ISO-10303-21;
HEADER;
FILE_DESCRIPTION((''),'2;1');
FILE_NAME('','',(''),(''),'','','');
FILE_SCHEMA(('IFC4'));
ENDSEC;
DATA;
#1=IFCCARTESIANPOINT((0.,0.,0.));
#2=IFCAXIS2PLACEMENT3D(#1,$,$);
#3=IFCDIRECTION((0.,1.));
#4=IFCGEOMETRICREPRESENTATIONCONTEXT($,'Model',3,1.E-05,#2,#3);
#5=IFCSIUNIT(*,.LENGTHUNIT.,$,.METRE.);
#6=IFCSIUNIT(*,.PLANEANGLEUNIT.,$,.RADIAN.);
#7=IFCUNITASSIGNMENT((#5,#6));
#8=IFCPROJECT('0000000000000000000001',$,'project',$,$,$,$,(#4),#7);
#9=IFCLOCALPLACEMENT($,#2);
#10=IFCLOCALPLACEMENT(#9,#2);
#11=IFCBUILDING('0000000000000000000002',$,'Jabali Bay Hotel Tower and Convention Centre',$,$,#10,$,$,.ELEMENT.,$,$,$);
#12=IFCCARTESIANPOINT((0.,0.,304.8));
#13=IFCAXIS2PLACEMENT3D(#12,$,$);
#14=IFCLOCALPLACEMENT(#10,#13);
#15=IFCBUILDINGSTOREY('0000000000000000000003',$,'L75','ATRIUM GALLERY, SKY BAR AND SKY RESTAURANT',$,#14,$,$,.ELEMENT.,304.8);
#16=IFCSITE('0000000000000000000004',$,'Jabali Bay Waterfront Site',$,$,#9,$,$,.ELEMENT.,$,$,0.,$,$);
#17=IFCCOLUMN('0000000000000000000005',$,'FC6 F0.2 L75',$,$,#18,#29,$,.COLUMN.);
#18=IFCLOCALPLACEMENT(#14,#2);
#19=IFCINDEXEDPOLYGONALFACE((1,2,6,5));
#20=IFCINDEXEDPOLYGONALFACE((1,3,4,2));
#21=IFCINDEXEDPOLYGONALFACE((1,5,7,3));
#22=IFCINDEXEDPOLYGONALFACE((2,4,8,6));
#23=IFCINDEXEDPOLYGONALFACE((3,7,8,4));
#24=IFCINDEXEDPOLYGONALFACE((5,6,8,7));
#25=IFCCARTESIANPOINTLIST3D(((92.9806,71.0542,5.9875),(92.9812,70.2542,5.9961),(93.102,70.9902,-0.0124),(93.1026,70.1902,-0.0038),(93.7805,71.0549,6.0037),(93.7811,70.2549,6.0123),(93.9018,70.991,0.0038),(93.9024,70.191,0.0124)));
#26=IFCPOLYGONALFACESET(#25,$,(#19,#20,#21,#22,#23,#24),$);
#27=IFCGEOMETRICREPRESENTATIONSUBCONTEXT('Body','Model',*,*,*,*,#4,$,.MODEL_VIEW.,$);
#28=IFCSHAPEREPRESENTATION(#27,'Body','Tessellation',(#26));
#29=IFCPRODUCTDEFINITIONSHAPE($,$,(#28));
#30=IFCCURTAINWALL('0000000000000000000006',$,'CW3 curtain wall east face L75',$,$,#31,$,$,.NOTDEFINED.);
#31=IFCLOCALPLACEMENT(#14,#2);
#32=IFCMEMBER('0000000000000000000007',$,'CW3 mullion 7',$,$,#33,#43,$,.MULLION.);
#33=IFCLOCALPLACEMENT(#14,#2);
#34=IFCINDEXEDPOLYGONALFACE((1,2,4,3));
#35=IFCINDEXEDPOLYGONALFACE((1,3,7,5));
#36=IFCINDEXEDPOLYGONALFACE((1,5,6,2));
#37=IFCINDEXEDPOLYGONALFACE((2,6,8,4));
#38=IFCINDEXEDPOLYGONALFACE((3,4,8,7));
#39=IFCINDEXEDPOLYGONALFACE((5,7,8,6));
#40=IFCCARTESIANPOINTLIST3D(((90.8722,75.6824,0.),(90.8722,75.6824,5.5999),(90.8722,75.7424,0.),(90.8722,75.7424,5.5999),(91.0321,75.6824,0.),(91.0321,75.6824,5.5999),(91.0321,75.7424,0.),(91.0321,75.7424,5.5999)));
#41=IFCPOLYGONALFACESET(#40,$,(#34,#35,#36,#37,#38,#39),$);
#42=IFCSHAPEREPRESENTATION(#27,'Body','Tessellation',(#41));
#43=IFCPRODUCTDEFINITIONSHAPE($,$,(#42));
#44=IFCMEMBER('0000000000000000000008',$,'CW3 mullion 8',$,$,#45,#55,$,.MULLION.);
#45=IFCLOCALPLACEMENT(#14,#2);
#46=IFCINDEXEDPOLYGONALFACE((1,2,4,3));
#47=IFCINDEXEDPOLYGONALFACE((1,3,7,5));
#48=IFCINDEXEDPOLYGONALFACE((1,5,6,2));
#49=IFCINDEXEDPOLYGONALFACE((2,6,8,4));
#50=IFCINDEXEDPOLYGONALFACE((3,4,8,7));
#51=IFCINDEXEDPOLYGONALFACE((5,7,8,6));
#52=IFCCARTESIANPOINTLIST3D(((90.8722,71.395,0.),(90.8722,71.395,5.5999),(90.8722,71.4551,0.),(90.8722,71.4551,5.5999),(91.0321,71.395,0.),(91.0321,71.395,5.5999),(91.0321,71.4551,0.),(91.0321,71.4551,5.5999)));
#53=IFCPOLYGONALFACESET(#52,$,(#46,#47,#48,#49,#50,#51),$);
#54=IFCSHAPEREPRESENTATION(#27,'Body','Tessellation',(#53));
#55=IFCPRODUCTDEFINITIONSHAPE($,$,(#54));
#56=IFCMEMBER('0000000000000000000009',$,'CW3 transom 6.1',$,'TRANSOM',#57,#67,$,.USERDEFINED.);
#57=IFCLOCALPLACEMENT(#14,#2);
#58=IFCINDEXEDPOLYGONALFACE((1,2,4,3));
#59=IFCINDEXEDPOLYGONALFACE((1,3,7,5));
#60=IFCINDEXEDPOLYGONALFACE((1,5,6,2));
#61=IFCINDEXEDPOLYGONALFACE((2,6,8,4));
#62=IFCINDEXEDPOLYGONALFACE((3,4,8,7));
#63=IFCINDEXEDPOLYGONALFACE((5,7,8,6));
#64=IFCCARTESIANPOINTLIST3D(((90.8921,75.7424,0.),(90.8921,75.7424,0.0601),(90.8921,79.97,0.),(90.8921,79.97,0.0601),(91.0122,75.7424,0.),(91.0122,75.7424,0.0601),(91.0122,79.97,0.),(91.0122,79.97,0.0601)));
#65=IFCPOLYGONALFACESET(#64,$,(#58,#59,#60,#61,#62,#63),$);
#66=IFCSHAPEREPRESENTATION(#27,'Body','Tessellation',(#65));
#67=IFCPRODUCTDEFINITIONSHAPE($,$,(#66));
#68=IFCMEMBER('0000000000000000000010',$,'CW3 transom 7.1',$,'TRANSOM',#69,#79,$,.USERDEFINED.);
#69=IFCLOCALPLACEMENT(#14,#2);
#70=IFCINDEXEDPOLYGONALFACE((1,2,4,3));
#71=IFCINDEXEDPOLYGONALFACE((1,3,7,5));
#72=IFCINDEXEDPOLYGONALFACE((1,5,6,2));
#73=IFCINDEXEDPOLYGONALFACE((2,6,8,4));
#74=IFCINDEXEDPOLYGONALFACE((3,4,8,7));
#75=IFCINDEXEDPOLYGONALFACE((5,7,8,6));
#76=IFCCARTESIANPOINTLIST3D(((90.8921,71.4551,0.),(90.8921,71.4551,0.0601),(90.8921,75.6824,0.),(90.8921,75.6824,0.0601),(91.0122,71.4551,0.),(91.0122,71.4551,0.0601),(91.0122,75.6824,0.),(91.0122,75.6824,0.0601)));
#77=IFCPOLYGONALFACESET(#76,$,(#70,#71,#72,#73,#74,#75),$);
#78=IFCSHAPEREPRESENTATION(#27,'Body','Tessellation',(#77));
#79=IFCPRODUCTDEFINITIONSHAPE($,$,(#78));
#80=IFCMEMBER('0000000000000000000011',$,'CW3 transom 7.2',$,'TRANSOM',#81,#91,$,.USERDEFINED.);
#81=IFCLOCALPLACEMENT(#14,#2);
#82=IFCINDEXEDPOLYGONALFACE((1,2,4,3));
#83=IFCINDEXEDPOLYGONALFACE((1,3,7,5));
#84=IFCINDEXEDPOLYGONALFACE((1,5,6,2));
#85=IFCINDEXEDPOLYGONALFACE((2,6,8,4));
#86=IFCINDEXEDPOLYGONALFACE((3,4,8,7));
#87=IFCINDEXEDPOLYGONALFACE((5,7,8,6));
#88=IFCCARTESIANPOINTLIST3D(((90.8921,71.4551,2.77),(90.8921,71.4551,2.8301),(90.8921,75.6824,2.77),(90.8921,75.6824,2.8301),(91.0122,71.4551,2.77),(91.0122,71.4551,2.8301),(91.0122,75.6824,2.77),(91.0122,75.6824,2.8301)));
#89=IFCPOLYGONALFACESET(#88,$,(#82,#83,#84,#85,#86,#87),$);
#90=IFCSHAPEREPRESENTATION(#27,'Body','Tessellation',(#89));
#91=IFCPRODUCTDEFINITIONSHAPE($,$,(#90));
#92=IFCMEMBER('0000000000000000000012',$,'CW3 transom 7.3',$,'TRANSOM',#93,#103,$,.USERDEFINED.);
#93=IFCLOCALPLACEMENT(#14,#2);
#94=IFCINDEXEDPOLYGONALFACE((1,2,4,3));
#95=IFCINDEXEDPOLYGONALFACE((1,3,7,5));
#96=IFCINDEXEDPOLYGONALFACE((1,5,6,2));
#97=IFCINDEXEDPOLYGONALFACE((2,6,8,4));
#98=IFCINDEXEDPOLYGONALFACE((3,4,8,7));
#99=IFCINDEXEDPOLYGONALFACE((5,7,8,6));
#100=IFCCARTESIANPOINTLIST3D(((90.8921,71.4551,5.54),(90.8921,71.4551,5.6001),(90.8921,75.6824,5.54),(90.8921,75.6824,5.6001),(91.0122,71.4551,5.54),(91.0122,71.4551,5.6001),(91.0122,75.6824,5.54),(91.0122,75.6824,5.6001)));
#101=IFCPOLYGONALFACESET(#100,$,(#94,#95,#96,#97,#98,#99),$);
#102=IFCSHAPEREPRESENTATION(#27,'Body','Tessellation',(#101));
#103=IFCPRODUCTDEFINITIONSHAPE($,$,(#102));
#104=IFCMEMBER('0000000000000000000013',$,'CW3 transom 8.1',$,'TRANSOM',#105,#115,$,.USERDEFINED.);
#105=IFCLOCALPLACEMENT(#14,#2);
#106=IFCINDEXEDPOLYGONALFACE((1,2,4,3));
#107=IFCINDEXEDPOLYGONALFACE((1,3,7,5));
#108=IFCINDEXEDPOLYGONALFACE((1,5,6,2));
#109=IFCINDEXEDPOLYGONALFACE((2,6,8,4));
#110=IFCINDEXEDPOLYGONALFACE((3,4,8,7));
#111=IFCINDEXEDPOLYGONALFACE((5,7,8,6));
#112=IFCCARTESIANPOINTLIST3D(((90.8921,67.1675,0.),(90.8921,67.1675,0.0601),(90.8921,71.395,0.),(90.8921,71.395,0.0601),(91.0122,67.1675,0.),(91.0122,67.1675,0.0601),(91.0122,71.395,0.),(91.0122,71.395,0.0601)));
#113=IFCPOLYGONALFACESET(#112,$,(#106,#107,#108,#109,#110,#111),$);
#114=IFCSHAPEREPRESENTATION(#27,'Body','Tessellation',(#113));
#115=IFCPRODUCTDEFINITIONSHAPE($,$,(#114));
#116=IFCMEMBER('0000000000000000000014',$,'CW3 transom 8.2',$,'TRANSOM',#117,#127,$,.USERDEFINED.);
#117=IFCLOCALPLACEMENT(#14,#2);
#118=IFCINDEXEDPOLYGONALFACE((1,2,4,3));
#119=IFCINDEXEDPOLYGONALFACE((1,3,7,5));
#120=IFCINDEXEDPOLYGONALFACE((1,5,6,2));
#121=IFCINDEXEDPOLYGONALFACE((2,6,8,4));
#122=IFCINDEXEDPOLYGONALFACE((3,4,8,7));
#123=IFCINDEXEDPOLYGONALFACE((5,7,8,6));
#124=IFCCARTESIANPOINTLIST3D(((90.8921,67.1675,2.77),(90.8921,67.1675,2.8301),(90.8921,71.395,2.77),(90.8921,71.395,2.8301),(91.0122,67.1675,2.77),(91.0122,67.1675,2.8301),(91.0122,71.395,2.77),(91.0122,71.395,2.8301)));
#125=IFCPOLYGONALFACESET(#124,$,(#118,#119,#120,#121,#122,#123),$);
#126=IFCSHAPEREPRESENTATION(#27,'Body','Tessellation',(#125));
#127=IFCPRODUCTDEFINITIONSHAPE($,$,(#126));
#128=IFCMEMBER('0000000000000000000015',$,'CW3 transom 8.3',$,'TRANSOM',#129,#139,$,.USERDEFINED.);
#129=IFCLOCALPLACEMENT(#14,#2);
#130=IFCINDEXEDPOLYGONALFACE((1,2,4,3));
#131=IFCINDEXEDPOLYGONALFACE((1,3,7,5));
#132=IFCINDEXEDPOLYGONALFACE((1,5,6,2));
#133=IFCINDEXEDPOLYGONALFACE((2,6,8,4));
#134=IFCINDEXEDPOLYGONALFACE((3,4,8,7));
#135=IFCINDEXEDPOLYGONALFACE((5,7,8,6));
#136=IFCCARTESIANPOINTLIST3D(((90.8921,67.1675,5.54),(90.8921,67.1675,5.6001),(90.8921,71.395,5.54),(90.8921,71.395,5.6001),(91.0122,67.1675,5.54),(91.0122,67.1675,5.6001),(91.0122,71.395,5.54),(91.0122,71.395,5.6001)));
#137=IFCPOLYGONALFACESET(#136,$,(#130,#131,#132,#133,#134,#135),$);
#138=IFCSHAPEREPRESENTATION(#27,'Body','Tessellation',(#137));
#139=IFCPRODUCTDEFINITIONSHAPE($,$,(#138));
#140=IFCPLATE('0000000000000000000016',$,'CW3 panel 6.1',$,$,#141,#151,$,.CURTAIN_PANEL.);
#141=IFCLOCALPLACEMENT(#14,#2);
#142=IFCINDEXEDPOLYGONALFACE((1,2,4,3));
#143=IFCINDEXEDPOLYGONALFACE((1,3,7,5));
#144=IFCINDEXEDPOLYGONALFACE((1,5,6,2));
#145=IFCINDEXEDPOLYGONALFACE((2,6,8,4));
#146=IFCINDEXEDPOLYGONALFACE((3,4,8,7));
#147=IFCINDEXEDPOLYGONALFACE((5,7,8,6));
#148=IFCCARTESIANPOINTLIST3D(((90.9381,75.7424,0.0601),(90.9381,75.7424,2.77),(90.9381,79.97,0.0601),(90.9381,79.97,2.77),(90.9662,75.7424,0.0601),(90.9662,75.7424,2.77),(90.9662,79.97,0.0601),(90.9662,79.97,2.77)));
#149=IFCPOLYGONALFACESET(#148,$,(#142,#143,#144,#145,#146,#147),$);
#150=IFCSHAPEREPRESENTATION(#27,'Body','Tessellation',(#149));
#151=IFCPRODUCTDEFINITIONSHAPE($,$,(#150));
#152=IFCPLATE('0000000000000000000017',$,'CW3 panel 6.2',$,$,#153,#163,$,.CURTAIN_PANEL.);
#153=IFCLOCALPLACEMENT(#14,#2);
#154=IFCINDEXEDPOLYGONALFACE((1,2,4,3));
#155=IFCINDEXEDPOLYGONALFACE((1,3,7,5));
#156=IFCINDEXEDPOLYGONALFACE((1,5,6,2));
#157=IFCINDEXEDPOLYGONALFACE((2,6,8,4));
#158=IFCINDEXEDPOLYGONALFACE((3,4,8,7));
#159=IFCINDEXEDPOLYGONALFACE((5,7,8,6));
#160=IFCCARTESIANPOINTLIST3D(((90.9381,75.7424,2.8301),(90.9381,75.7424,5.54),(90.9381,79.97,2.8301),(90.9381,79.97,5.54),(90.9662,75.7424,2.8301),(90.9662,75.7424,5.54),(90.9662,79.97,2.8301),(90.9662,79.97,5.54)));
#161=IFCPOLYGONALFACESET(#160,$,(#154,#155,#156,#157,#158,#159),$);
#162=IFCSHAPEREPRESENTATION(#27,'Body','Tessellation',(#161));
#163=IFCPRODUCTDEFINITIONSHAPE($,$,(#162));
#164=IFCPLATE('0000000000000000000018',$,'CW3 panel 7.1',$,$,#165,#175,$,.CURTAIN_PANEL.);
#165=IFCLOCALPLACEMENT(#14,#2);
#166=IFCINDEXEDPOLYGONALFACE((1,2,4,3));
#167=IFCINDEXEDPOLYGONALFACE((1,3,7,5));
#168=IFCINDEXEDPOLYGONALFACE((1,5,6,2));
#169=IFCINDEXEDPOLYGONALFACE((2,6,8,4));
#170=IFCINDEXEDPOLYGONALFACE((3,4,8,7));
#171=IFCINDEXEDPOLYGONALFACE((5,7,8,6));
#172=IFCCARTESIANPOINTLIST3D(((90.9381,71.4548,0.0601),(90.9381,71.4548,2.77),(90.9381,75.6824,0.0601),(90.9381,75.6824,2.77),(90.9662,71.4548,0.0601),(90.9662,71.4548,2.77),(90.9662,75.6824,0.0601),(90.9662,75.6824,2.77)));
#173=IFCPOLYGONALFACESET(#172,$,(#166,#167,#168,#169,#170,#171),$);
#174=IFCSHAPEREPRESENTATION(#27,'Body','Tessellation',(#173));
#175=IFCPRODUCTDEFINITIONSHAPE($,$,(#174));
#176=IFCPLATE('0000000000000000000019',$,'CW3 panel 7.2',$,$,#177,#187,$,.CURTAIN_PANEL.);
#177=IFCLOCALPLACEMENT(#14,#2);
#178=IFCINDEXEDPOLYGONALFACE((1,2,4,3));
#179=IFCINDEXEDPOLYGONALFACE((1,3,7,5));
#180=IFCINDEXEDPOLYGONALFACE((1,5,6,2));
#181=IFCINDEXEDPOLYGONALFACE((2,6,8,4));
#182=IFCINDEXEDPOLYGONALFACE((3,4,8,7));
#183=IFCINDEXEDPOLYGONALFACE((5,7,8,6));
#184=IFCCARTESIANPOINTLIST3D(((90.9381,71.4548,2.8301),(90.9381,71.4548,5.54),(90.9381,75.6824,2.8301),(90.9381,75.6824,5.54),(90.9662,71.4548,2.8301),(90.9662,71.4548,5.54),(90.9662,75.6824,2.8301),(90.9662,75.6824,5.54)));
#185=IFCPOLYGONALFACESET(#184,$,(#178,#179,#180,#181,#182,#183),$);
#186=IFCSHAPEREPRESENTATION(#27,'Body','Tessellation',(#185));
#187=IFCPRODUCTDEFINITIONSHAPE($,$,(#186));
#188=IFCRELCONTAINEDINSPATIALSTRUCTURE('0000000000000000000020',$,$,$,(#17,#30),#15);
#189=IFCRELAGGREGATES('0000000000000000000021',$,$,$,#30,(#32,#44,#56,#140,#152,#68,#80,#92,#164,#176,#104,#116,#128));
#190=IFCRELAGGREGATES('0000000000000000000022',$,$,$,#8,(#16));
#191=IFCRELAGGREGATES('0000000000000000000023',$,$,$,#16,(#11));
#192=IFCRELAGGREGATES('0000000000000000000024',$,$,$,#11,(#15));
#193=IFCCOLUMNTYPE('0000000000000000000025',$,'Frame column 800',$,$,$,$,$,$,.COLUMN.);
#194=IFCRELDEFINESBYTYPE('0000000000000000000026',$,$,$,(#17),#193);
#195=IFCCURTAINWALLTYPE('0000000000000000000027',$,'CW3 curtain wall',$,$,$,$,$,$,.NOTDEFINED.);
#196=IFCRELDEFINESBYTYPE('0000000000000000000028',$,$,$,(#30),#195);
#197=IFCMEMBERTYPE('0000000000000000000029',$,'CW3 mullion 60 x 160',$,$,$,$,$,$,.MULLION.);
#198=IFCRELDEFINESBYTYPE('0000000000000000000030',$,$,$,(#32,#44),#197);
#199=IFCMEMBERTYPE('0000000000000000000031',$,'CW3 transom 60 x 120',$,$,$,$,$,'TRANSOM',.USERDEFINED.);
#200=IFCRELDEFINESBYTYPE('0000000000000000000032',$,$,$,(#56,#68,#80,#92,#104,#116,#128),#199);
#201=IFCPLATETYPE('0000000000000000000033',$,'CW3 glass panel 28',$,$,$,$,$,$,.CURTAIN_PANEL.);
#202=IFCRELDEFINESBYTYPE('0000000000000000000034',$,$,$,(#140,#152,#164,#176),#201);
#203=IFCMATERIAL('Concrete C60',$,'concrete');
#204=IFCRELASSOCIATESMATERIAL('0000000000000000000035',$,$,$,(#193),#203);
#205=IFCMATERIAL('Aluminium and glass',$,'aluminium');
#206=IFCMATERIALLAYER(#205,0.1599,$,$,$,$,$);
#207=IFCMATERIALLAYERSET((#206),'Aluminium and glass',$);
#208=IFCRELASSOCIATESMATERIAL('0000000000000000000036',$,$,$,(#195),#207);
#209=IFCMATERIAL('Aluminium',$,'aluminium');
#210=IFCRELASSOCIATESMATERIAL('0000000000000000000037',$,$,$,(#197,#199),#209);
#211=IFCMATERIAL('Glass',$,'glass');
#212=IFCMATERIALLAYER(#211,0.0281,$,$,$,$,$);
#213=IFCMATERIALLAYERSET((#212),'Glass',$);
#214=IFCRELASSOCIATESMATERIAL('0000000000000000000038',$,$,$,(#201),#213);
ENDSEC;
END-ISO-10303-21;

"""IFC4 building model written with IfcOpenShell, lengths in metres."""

from ifc_helpers import new_model, si_unit, direction, frame, origin, origin_2d, place, context, subcontext, project, spatial, rectangle, extrude, material, layer, layer_set, material_profile, profile_set, type_object, element, aggregate, save


model = new_model("IFC4")

# Units and contexts
model_context = context("Model", 3, precision=1e-05, world=origin(), true_north=direction((0.0, 1.0)))
body_context = subcontext(model_context, "Body", "Model", "MODEL_VIEW")
ifc_project = project(units=[si_unit("LENGTHUNIT", "METRE"), si_unit("PLANEANGLEUNIT", "RADIAN")], contexts=[model_context])

# Site, building, storey
site_placement = place(None, origin())
site = spatial("IfcSite", under=ifc_project, at=site_placement, Name="Jabali Bay Waterfront Site", CompositionType="ELEMENT", RefElevation=0.0)
building_placement = place(site_placement, origin())
building = spatial("IfcBuilding", under=site, at=building_placement, Name="Jabali Bay Hotel Tower and Convention Centre", CompositionType="ELEMENT")
storey_placement = place(building_placement, frame((0.0, 0.0, 304.8)))
storey = spatial("IfcBuildingStorey", under=building, at=storey_placement, Name="L75", Description="ATRIUM GALLERY, SKY BAR AND SKY RESTAURANT", CompositionType="ELEMENT", Elevation=304.8)

# Column
ifc_material_1 = material(Name="Concrete C60", Category="concrete")
ifc_material_profile_1 = material_profile(ifc_material_1, rectangle(XDim=0.8, YDim=0.8, at=origin_2d()), Name="Frame column 800")
ifc_profile_set_1 = profile_set([ifc_material_profile_1], Name="Concrete C60")
column_type = type_object("IfcColumnType", Name="Frame column 800", PredefinedType="COLUMN", material=ifc_profile_set_1)
column_placement = place(storey_placement, frame((93.5022, 70.5906, 0.0), z_axis=(-0.020218, 0.010658, 0.999739), x_axis=(0.000745, -0.999943, 0.010675)))
element("IfcColumn", 1, at=column_placement, inside=storey, type_object=column_type, Name="FC6 F0.2 L75", PredefinedType="COLUMN", context=body_context, shape_type="SweptSolid", body=[
    extrude(rectangle(XDim=0.8, YDim=0.8, at=origin_2d()), origin(), (0.0, 0.0, 1.0), 6.0015),
])

# Curtain wall, members, plates
ifc_material_2 = material(Name="Aluminium and glass", Category="aluminium")
ifc_layer_1 = layer(ifc_material_2, 0.1599)
ifc_layer_set_1 = layer_set([ifc_layer_1], Name="Aluminium and glass")
curtain_wall_type = type_object("IfcCurtainWallType", Name="CW3 curtain wall", PredefinedType="NOTDEFINED", material=ifc_layer_set_1)
curtain_wall_placement = place(storey_placement, origin())
curtain_wall = element("IfcCurtainWall", 2, at=curtain_wall_placement, inside=storey, type_object=curtain_wall_type, Name="CW3 curtain wall east face L75", PredefinedType="NOTDEFINED")
ifc_material_3 = material(Name="Aluminium", Category="aluminium")
ifc_material_profile_2 = material_profile(ifc_material_3, rectangle(XDim=0.1599, YDim=0.0601, at=origin_2d()), Name="CW3 mullion 60 x 160")
ifc_profile_set_2 = profile_set([ifc_material_profile_2], Name="Aluminium")
member_type_1 = type_object("IfcMemberType", Name="CW3 mullion 60 x 160", PredefinedType="MULLION", material=ifc_profile_set_2)
member_1_placement = place(storey_placement, frame((90.9521, 75.7124, 0.0), z_axis=(0.0, 0.0, 1.0), x_axis=(1.0, 0.0, 0.0)))
member_1 = element("IfcMember", 3, at=member_1_placement, type_object=member_type_1, Name="CW3 mullion 7", PredefinedType="MULLION", context=body_context, shape_type="SweptSolid", body=[
    extrude(rectangle(XDim=0.1599, YDim=0.0601, at=origin_2d()), origin(), (0.0, 0.0, 1.0), 5.5999),
])
member_2_placement = place(storey_placement, frame((90.9521, 71.425, 0.0), z_axis=(0.0, 0.0, 1.0), x_axis=(1.0, 0.0, 0.0)))
member_2 = element("IfcMember", 4, at=member_2_placement, type_object=member_type_1, Name="CW3 mullion 8", PredefinedType="MULLION", context=body_context, shape_type="SweptSolid", body=[
    extrude(rectangle(XDim=0.1599, YDim=0.0601, at=origin_2d()), origin(), (0.0, 0.0, 1.0), 5.5999),
])
ifc_material_profile_3 = material_profile(ifc_material_3, rectangle(XDim=0.1201, YDim=0.0601, at=origin_2d()), Name="CW3 transom 60 x 120")
ifc_profile_set_3 = profile_set([ifc_material_profile_3], Name="Aluminium")
member_type_2 = type_object("IfcMemberType", Name="CW3 transom 60 x 120", ElementType="TRANSOM", PredefinedType="USERDEFINED", material=ifc_profile_set_3)
member_3_placement = place(storey_placement, frame((90.9521, 79.97, 0.03), z_axis=(0.0, -1.0, 0.0), x_axis=(1.0, 0.0, 0.0)))
member_3 = element("IfcMember", 5, at=member_3_placement, type_object=member_type_2, Name="CW3 transom 6.1", ObjectType="TRANSOM", PredefinedType="USERDEFINED", context=body_context, shape_type="SweptSolid", body=[
    extrude(rectangle(XDim=0.1201, YDim=0.0601, at=origin_2d()), origin(), (0.0, 0.0, 1.0), 4.2275),
])
member_4_placement = place(storey_placement, frame((90.9521, 75.6824, 0.03), z_axis=(0.0, -1.0, 0.0), x_axis=(1.0, 0.0, 0.0)))
member_4 = element("IfcMember", 6, at=member_4_placement, type_object=member_type_2, Name="CW3 transom 7.1", ObjectType="TRANSOM", PredefinedType="USERDEFINED", context=body_context, shape_type="SweptSolid", body=[
    extrude(rectangle(XDim=0.1201, YDim=0.0601, at=origin_2d()), origin(), (0.0, 0.0, 1.0), 4.2273),
])
member_5_placement = place(storey_placement, frame((90.9521, 75.6824, 2.8), z_axis=(0.0, -1.0, 0.0), x_axis=(1.0, 0.0, 0.0)))
member_5 = element("IfcMember", 7, at=member_5_placement, type_object=member_type_2, Name="CW3 transom 7.2", ObjectType="TRANSOM", PredefinedType="USERDEFINED", context=body_context, shape_type="SweptSolid", body=[
    extrude(rectangle(XDim=0.1201, YDim=0.0601, at=origin_2d()), origin(), (0.0, 0.0, 1.0), 4.2273),
])
member_6_placement = place(storey_placement, frame((90.9521, 75.6824, 5.5701), z_axis=(0.0, -1.0, 0.0), x_axis=(1.0, 0.0, 0.0)))
member_6 = element("IfcMember", 8, at=member_6_placement, type_object=member_type_2, Name="CW3 transom 7.3", ObjectType="TRANSOM", PredefinedType="USERDEFINED", context=body_context, shape_type="SweptSolid", body=[
    extrude(rectangle(XDim=0.1201, YDim=0.0601, at=origin_2d()), origin(), (0.0, 0.0, 1.0), 4.2273),
])
member_7_placement = place(storey_placement, frame((90.9521, 71.395, 0.03), z_axis=(0.0, -1.0, 0.0), x_axis=(1.0, 0.0, 0.0)))
member_7 = element("IfcMember", 9, at=member_7_placement, type_object=member_type_2, Name="CW3 transom 8.1", ObjectType="TRANSOM", PredefinedType="USERDEFINED", context=body_context, shape_type="SweptSolid", body=[
    extrude(rectangle(XDim=0.1201, YDim=0.0601, at=origin_2d()), origin(), (0.0, 0.0, 1.0), 4.2275),
])
member_8_placement = place(storey_placement, frame((90.9521, 71.395, 2.8), z_axis=(0.0, -1.0, 0.0), x_axis=(1.0, 0.0, 0.0)))
member_8 = element("IfcMember", 10, at=member_8_placement, type_object=member_type_2, Name="CW3 transom 8.2", ObjectType="TRANSOM", PredefinedType="USERDEFINED", context=body_context, shape_type="SweptSolid", body=[
    extrude(rectangle(XDim=0.1201, YDim=0.0601, at=origin_2d()), origin(), (0.0, 0.0, 1.0), 4.2275),
])
member_9_placement = place(storey_placement, frame((90.9521, 71.395, 5.5701), z_axis=(0.0, -1.0, 0.0), x_axis=(1.0, 0.0, 0.0)))
member_9 = element("IfcMember", 11, at=member_9_placement, type_object=member_type_2, Name="CW3 transom 8.3", ObjectType="TRANSOM", PredefinedType="USERDEFINED", context=body_context, shape_type="SweptSolid", body=[
    extrude(rectangle(XDim=0.1201, YDim=0.0601, at=origin_2d()), origin(), (0.0, 0.0, 1.0), 4.2275),
])
ifc_material_4 = material(Name="Glass", Category="glass")
ifc_layer_2 = layer(ifc_material_4, 0.0281)
ifc_layer_set_2 = layer_set([ifc_layer_2], Name="Glass")
plate_type = type_object("IfcPlateType", Name="CW3 glass panel 28", PredefinedType="CURTAIN_PANEL", material=ifc_layer_set_2)
plate_1_placement = place(storey_placement, frame((90.9521, 77.8562, 0.0601), z_axis=(0.0, 0.0, 1.0), x_axis=(0.0, -1.0, 0.0)))
plate_1 = element("IfcPlate", 12, at=plate_1_placement, type_object=plate_type, Name="CW3 panel 6.1", PredefinedType="CURTAIN_PANEL", context=body_context, shape_type="SweptSolid", body=[
    extrude(rectangle(XDim=4.2275, YDim=0.0281, at=origin_2d()), origin(), (0.0, 0.0, 1.0), 2.71),
])
plate_2_placement = place(storey_placement, frame((90.9521, 77.8562, 2.8301), z_axis=(0.0, 0.0, 1.0), x_axis=(0.0, -1.0, 0.0)))
plate_2 = element("IfcPlate", 13, at=plate_2_placement, type_object=plate_type, Name="CW3 panel 6.2", PredefinedType="CURTAIN_PANEL", context=body_context, shape_type="SweptSolid", body=[
    extrude(rectangle(XDim=4.2275, YDim=0.0281, at=origin_2d()), origin(), (0.0, 0.0, 1.0), 2.71),
])
plate_3_placement = place(storey_placement, frame((90.9521, 73.5686, 0.0601), z_axis=(0.0, 0.0, 1.0), x_axis=(0.0, -1.0, 0.0)))
plate_3 = element("IfcPlate", 14, at=plate_3_placement, type_object=plate_type, Name="CW3 panel 7.1", PredefinedType="CURTAIN_PANEL", context=body_context, shape_type="SweptSolid", body=[
    extrude(rectangle(XDim=4.2275, YDim=0.0281, at=origin_2d()), origin(), (0.0, 0.0, 1.0), 2.71),
])
plate_4_placement = place(storey_placement, frame((90.9521, 73.5686, 2.8301), z_axis=(0.0, 0.0, 1.0), x_axis=(0.0, -1.0, 0.0)))
plate_4 = element("IfcPlate", 15, at=plate_4_placement, type_object=plate_type, Name="CW3 panel 7.2", PredefinedType="CURTAIN_PANEL", context=body_context, shape_type="SweptSolid", body=[
    extrude(rectangle(XDim=4.2275, YDim=0.0281, at=origin_2d()), origin(), (0.0, 0.0, 1.0), 2.71),
])
aggregate(curtain_wall, [member_1, member_2, member_3, plate_1, plate_2, member_4, member_5, member_6, plate_3, plate_4, member_7, member_8, member_9])

save(model, "model.ifc")
